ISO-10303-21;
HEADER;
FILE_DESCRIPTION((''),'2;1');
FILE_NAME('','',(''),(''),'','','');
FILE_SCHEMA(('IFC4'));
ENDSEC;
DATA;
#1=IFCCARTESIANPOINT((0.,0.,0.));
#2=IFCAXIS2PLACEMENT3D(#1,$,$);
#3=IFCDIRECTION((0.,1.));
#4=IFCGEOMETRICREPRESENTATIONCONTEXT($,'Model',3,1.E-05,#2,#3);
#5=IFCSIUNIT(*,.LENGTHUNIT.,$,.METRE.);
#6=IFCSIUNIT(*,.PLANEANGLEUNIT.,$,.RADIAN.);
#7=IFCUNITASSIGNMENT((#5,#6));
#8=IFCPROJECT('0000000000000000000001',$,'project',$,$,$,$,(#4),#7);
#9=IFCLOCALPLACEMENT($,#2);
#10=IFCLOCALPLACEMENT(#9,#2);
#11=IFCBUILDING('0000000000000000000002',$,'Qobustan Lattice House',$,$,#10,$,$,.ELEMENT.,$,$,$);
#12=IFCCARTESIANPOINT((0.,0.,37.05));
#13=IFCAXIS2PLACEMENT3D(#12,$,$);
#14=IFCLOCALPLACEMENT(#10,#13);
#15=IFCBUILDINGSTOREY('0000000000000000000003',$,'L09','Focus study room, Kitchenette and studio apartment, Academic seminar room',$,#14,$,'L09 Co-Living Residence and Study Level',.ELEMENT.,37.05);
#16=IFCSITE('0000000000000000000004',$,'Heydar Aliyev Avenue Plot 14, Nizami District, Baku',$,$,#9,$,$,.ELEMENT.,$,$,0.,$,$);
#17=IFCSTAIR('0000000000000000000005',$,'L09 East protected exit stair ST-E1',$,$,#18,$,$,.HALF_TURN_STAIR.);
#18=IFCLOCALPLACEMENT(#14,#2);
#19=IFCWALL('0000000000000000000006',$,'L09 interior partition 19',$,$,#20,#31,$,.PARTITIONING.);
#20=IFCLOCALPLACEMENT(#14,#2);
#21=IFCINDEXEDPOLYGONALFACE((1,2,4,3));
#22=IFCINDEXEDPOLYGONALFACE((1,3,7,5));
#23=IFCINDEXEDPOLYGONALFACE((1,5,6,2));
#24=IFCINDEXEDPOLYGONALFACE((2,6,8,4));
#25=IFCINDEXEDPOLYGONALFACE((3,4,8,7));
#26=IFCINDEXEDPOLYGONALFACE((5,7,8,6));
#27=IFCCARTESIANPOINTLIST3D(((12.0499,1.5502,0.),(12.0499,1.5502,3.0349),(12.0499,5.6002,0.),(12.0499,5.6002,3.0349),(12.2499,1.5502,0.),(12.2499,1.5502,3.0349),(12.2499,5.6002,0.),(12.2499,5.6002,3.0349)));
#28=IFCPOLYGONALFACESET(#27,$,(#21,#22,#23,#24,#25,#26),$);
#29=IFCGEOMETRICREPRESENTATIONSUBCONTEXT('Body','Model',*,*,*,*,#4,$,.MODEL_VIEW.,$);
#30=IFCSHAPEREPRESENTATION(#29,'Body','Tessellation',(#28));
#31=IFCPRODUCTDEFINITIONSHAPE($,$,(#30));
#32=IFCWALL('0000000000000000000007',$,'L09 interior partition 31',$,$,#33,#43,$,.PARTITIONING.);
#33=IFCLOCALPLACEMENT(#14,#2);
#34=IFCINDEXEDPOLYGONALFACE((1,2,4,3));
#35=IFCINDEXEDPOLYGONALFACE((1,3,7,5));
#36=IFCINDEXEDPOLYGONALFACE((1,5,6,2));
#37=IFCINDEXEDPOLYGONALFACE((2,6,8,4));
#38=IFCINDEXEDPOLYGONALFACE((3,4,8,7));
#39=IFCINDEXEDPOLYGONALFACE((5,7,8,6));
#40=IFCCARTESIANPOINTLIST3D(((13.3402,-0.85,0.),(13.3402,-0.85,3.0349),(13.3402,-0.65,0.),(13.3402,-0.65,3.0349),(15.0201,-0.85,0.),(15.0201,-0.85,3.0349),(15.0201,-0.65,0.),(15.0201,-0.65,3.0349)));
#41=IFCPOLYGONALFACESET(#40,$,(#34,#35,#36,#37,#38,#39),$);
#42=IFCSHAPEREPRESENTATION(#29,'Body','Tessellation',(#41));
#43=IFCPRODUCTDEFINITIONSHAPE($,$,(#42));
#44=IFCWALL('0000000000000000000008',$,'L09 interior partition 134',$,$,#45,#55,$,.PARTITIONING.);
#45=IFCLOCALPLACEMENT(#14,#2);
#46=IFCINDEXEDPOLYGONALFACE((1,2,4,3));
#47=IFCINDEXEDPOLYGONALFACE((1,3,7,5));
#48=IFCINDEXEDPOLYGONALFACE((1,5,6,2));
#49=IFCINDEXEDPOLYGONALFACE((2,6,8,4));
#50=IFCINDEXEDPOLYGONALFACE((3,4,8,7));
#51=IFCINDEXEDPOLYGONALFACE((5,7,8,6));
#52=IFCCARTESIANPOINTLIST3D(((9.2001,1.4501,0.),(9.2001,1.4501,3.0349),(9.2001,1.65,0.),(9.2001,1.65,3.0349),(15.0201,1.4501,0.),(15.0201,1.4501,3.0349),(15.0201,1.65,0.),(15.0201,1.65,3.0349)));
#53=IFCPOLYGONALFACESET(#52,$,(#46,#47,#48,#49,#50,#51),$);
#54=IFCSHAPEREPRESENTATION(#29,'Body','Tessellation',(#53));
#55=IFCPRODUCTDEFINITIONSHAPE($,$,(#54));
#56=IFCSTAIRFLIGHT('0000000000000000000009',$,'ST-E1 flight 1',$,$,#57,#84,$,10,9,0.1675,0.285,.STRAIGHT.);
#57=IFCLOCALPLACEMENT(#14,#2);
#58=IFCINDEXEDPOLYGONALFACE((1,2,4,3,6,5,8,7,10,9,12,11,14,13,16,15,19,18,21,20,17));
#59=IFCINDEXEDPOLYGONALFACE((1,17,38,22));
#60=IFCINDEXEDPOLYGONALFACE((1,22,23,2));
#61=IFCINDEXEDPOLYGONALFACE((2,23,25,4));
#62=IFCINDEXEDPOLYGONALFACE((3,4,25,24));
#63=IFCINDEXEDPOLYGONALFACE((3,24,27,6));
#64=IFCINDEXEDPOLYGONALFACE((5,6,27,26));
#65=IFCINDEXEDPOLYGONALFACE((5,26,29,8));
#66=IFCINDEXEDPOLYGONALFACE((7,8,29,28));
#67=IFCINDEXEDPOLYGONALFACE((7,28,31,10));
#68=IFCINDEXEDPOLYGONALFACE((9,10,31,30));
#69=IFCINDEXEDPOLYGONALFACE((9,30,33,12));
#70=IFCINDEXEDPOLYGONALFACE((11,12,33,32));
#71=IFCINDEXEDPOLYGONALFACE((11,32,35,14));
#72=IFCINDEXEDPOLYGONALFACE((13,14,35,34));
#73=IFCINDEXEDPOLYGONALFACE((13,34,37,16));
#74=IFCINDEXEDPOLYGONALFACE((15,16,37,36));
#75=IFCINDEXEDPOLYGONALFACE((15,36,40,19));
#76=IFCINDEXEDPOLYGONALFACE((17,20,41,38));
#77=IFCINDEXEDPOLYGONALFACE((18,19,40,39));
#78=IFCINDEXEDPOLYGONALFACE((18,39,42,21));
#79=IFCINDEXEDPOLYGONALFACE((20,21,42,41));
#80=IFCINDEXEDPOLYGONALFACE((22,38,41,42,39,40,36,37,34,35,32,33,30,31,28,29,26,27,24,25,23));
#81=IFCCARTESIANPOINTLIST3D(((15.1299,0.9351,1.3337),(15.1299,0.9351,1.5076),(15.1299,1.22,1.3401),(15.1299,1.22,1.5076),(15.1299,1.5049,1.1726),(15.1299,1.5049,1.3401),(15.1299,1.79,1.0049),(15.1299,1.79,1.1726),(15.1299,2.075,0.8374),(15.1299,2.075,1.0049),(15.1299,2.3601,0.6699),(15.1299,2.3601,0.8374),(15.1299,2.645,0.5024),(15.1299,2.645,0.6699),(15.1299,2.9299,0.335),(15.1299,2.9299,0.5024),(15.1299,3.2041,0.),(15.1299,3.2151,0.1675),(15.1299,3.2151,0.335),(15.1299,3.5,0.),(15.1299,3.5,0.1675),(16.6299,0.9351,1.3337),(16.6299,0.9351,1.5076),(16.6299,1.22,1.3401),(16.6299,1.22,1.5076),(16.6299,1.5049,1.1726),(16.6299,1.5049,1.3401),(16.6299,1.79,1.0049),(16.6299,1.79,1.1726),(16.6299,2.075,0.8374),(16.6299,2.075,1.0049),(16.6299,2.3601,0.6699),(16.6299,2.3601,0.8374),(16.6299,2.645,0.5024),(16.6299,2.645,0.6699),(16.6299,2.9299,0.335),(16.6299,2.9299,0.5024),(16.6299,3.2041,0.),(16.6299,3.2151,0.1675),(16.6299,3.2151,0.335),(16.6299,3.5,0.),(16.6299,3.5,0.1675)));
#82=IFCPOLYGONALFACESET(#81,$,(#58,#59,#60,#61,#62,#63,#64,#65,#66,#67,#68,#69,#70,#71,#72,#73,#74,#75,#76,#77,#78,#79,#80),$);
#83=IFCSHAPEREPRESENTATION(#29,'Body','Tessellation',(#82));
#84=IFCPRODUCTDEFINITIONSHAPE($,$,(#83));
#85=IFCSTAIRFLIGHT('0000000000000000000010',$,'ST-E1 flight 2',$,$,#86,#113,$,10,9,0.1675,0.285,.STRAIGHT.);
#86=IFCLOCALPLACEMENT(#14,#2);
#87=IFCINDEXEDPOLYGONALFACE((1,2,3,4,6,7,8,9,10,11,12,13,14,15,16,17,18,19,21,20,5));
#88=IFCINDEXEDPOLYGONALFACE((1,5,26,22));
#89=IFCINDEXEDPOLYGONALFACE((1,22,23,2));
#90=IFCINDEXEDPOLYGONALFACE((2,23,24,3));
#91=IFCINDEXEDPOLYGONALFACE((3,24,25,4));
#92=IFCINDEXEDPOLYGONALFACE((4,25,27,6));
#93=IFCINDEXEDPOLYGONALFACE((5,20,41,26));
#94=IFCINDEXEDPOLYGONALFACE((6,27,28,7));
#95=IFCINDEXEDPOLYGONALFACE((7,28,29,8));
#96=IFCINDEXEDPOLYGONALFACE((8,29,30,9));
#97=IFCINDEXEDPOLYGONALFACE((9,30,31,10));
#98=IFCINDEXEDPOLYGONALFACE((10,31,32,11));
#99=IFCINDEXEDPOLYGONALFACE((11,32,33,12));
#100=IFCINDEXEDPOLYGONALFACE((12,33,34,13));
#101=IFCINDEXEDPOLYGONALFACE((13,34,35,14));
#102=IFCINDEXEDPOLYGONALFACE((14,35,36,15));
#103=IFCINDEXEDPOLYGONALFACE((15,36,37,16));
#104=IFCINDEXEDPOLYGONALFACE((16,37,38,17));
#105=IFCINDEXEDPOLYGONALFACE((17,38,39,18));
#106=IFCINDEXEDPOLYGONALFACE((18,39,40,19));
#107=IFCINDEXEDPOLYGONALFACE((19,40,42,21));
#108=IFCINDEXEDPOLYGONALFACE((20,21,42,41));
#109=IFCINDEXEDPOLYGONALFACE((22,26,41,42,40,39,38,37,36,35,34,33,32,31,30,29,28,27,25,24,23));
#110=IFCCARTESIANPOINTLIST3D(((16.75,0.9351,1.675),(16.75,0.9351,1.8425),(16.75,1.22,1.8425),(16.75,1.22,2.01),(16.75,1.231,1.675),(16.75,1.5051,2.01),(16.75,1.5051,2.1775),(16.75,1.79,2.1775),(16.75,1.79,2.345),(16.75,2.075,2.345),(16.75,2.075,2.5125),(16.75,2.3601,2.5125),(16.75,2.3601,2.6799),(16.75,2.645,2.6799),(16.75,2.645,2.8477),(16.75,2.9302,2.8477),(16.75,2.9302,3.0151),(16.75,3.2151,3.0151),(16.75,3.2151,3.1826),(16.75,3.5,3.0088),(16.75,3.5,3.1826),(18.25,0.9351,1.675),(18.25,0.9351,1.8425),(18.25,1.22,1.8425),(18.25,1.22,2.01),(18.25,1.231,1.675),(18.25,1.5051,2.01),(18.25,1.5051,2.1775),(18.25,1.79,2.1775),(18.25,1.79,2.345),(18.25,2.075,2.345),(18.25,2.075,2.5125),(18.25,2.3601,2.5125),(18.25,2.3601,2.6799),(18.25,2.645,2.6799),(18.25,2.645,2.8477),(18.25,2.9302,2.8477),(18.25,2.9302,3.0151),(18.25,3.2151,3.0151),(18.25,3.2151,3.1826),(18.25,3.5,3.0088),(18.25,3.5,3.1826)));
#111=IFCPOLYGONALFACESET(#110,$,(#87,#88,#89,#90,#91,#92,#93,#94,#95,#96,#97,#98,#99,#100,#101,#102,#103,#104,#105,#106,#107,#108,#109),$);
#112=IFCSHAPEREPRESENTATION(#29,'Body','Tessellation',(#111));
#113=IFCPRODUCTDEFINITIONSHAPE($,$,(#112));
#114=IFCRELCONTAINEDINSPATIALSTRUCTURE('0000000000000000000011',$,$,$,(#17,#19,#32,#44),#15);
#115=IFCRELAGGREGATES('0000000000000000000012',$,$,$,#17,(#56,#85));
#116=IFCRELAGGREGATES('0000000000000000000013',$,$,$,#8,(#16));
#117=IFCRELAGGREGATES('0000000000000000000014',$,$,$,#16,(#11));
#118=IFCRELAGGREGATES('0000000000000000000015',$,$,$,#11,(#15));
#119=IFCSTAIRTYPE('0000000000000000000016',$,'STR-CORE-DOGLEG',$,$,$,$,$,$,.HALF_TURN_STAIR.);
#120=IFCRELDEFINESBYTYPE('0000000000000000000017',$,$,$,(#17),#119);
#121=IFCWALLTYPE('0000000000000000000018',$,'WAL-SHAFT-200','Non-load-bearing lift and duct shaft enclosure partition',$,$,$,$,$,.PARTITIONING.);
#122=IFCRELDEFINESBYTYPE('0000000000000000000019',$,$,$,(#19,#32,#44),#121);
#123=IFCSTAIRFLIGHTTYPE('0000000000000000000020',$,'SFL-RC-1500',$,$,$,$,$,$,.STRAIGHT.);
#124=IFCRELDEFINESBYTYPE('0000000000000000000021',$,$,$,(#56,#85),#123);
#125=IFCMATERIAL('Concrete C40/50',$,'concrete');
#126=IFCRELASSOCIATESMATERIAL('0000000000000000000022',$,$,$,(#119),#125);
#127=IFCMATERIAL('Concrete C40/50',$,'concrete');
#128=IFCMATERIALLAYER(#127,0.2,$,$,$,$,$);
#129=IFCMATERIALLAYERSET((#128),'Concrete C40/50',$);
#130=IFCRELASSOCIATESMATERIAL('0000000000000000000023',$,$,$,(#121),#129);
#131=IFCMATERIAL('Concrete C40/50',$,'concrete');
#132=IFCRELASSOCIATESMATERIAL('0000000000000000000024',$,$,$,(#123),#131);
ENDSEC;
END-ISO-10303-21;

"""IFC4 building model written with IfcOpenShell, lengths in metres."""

from ifc_helpers import new_model, si_unit, direction, frame, frame_2d, origin, place, context, subcontext, project, spatial, polyline, rectangle, outline, extrude, material, layer, layer_set, type_object, element, aggregate, save


model = new_model("IFC4")

# Units and contexts
model_context = context("Model", 3, precision=1e-05, world=origin(), true_north=direction((0.0, 1.0)))
body_context = subcontext(model_context, "Body", "Model", "MODEL_VIEW")
ifc_project = project(units=[si_unit("LENGTHUNIT", "METRE"), si_unit("PLANEANGLEUNIT", "RADIAN")], contexts=[model_context])

# Site, building, storey
site_placement = place(None, origin())
site = spatial("IfcSite", under=ifc_project, at=site_placement, Name="Heydar Aliyev Avenue Plot 14, Nizami District, Baku", CompositionType="ELEMENT", RefElevation=0.0)
building_placement = place(site_placement, origin())
building = spatial("IfcBuilding", under=site, at=building_placement, Name="Qobustan Lattice House", CompositionType="ELEMENT")
storey_placement = place(building_placement, frame((0.0, 0.0, 37.05)))
storey = spatial("IfcBuildingStorey", under=building, at=storey_placement, Name="L09", Description="Focus study room, Kitchenette and studio apartment, Academic seminar room", LongName="L09 Co-Living Residence and Study Level", CompositionType="ELEMENT", Elevation=37.05)

# Stair
ifc_material_1 = material(Name="Concrete C40/50", Category="concrete")
stair_type = type_object("IfcStairType", Name="STR-CORE-DOGLEG", PredefinedType="HALF_TURN_STAIR", material=ifc_material_1)
stair_1_placement = place(storey_placement, origin())
stair_1 = element("IfcStair", 1, at=stair_1_placement, inside=storey, type_object=stair_type, Name="L09 East protected exit stair ST-E1", PredefinedType="HALF_TURN_STAIR")

# Walls
ifc_material_2 = material(Name="Concrete C40/50", Category="concrete")
ifc_layer_1 = layer(ifc_material_2, 0.2)
ifc_layer_set_1 = layer_set([ifc_layer_1], Name="Concrete C40/50")
wall_type_1 = type_object("IfcWallType", Name="WAL-SHAFT-200", Description="Non-load-bearing lift and duct shaft enclosure partition", PredefinedType="PARTITIONING", material=ifc_layer_set_1)
wall_1_placement = place(storey_placement, frame((12.1499, 5.6001, 0.0), z_axis=(0.0, 0.0, 1.0), x_axis=(0.0, -1.0, 0.0)))
element("IfcWall", 2, at=wall_1_placement, inside=storey, type_object=wall_type_1, Name="L09 interior partition 19", PredefinedType="PARTITIONING", context=body_context, shape_type="SweptSolid", body=[
    extrude(rectangle(XDim=4.05, YDim=0.2, at=frame_2d((2.0249, 0.0))), origin(), (0.0, 0.0, 1.0), 3.0349),
])
wall_2_placement = place(storey_placement, frame((15.02, -0.75, 0.0), z_axis=(0.0, 0.0, 1.0), x_axis=(-1.0, 0.0, 0.0)))
element("IfcWall", 3, at=wall_2_placement, inside=storey, type_object=wall_type_1, Name="L09 interior partition 31", PredefinedType="PARTITIONING", context=body_context, shape_type="SweptSolid", body=[
    extrude(rectangle(XDim=1.6799, YDim=0.2, at=frame_2d((0.8398, 0.0))), origin(), (0.0, 0.0, 1.0), 3.0349),
])
wall_3_placement = place(storey_placement, frame((9.2, 1.55, 0.0), z_axis=(0.0, 0.0, 1.0), x_axis=(1.0, 0.0, 0.0)))
element("IfcWall", 4, at=wall_3_placement, inside=storey, type_object=wall_type_1, Name="L09 interior partition 134", PredefinedType="PARTITIONING", context=body_context, shape_type="SweptSolid", body=[
    extrude(rectangle(XDim=5.8201, YDim=0.2, at=frame_2d((2.9102, 0.0))), origin(), (0.0, 0.0, 1.0), 3.0349),
])

# Stair flights
ifc_material_3 = material(Name="Concrete C40/50", Category="concrete")
stair_flight_type = type_object("IfcStairFlightType", Name="SFL-RC-1500", PredefinedType="STRAIGHT", material=ifc_material_3)
stair_flight_1_placement = place(storey_placement, frame((15.8799, 3.5, 0.0), z_axis=(0.0, 0.0, 1.0), x_axis=(0.0, -1.0, 0.0)))
stair_flight_1 = element("IfcStairFlight", 5, at=stair_flight_1_placement, type_object=stair_flight_type, Name="ST-E1 flight 1", NumberOfRisers=10, NumberOfTreads=9, PredefinedType="STRAIGHT", RiserHeight=0.1675, TreadLength=0.285, context=body_context, shape_type="SweptSolid", body=[
    extrude(outline(polyline([(0.0, 0.0), (0.0, 0.1675), (0.2849, 0.1675), (0.2849, 0.335), (0.5701, 0.335), (0.5701, 0.5024), (0.855, 0.5024), (0.855, 0.6699), (1.1399, 0.6699), (1.1399, 0.8374), (1.425, 0.8374), (1.425, 1.0049), (1.71, 1.0049), (1.71, 1.1726), (1.9951, 1.1726), (1.9951, 1.3401), (2.28, 1.3401), (2.28, 1.5076), (2.5649, 1.5076), (2.5649, 1.675), (2.5649, 1.3337), (0.2959, 0.0), (0.0, 0.0)])), frame((0.0, 0.75, 0.0), z_axis=(0.0, -1.0, 0.0), x_axis=(1.0, 0.0, 0.0)), (0.0, 0.0, 1.0), 1.5),
])
stair_flight_2_placement = place(storey_placement, frame((17.5, 0.9351, 1.675), z_axis=(0.0, 0.0, 1.0), x_axis=(0.0, 1.0, 0.0)))
stair_flight_2 = element("IfcStairFlight", 6, at=stair_flight_2_placement, type_object=stair_flight_type, Name="ST-E1 flight 2", NumberOfRisers=10, NumberOfTreads=9, PredefinedType="STRAIGHT", RiserHeight=0.1675, TreadLength=0.285, context=body_context, shape_type="SweptSolid", body=[
    extrude(outline(polyline([(0.0, 0.0), (0.0, 0.1675), (0.2849, 0.1675), (0.2849, 0.335), (0.5701, 0.335), (0.5701, 0.5024), (0.855, 0.5024), (0.855, 0.6699), (1.1399, 0.6699), (1.1399, 0.8374), (1.425, 0.8374), (1.425, 1.0049), (1.71, 1.0049), (1.71, 1.1726), (1.9951, 1.1726), (1.9951, 1.3401), (2.28, 1.3401), (2.28, 1.5076), (2.5649, 1.5076), (2.5649, 1.675), (2.5649, 1.3337), (0.2959, 0.0), (0.0, 0.0)])), frame((0.0, 0.75, 0.0), z_axis=(0.0, -1.0, 0.0), x_axis=(1.0, 0.0, 0.0)), (0.0, 0.0, 1.0), 1.5),
])
aggregate(stair_1, [stair_flight_1, stair_flight_2])

save(model, "model.ifc")
